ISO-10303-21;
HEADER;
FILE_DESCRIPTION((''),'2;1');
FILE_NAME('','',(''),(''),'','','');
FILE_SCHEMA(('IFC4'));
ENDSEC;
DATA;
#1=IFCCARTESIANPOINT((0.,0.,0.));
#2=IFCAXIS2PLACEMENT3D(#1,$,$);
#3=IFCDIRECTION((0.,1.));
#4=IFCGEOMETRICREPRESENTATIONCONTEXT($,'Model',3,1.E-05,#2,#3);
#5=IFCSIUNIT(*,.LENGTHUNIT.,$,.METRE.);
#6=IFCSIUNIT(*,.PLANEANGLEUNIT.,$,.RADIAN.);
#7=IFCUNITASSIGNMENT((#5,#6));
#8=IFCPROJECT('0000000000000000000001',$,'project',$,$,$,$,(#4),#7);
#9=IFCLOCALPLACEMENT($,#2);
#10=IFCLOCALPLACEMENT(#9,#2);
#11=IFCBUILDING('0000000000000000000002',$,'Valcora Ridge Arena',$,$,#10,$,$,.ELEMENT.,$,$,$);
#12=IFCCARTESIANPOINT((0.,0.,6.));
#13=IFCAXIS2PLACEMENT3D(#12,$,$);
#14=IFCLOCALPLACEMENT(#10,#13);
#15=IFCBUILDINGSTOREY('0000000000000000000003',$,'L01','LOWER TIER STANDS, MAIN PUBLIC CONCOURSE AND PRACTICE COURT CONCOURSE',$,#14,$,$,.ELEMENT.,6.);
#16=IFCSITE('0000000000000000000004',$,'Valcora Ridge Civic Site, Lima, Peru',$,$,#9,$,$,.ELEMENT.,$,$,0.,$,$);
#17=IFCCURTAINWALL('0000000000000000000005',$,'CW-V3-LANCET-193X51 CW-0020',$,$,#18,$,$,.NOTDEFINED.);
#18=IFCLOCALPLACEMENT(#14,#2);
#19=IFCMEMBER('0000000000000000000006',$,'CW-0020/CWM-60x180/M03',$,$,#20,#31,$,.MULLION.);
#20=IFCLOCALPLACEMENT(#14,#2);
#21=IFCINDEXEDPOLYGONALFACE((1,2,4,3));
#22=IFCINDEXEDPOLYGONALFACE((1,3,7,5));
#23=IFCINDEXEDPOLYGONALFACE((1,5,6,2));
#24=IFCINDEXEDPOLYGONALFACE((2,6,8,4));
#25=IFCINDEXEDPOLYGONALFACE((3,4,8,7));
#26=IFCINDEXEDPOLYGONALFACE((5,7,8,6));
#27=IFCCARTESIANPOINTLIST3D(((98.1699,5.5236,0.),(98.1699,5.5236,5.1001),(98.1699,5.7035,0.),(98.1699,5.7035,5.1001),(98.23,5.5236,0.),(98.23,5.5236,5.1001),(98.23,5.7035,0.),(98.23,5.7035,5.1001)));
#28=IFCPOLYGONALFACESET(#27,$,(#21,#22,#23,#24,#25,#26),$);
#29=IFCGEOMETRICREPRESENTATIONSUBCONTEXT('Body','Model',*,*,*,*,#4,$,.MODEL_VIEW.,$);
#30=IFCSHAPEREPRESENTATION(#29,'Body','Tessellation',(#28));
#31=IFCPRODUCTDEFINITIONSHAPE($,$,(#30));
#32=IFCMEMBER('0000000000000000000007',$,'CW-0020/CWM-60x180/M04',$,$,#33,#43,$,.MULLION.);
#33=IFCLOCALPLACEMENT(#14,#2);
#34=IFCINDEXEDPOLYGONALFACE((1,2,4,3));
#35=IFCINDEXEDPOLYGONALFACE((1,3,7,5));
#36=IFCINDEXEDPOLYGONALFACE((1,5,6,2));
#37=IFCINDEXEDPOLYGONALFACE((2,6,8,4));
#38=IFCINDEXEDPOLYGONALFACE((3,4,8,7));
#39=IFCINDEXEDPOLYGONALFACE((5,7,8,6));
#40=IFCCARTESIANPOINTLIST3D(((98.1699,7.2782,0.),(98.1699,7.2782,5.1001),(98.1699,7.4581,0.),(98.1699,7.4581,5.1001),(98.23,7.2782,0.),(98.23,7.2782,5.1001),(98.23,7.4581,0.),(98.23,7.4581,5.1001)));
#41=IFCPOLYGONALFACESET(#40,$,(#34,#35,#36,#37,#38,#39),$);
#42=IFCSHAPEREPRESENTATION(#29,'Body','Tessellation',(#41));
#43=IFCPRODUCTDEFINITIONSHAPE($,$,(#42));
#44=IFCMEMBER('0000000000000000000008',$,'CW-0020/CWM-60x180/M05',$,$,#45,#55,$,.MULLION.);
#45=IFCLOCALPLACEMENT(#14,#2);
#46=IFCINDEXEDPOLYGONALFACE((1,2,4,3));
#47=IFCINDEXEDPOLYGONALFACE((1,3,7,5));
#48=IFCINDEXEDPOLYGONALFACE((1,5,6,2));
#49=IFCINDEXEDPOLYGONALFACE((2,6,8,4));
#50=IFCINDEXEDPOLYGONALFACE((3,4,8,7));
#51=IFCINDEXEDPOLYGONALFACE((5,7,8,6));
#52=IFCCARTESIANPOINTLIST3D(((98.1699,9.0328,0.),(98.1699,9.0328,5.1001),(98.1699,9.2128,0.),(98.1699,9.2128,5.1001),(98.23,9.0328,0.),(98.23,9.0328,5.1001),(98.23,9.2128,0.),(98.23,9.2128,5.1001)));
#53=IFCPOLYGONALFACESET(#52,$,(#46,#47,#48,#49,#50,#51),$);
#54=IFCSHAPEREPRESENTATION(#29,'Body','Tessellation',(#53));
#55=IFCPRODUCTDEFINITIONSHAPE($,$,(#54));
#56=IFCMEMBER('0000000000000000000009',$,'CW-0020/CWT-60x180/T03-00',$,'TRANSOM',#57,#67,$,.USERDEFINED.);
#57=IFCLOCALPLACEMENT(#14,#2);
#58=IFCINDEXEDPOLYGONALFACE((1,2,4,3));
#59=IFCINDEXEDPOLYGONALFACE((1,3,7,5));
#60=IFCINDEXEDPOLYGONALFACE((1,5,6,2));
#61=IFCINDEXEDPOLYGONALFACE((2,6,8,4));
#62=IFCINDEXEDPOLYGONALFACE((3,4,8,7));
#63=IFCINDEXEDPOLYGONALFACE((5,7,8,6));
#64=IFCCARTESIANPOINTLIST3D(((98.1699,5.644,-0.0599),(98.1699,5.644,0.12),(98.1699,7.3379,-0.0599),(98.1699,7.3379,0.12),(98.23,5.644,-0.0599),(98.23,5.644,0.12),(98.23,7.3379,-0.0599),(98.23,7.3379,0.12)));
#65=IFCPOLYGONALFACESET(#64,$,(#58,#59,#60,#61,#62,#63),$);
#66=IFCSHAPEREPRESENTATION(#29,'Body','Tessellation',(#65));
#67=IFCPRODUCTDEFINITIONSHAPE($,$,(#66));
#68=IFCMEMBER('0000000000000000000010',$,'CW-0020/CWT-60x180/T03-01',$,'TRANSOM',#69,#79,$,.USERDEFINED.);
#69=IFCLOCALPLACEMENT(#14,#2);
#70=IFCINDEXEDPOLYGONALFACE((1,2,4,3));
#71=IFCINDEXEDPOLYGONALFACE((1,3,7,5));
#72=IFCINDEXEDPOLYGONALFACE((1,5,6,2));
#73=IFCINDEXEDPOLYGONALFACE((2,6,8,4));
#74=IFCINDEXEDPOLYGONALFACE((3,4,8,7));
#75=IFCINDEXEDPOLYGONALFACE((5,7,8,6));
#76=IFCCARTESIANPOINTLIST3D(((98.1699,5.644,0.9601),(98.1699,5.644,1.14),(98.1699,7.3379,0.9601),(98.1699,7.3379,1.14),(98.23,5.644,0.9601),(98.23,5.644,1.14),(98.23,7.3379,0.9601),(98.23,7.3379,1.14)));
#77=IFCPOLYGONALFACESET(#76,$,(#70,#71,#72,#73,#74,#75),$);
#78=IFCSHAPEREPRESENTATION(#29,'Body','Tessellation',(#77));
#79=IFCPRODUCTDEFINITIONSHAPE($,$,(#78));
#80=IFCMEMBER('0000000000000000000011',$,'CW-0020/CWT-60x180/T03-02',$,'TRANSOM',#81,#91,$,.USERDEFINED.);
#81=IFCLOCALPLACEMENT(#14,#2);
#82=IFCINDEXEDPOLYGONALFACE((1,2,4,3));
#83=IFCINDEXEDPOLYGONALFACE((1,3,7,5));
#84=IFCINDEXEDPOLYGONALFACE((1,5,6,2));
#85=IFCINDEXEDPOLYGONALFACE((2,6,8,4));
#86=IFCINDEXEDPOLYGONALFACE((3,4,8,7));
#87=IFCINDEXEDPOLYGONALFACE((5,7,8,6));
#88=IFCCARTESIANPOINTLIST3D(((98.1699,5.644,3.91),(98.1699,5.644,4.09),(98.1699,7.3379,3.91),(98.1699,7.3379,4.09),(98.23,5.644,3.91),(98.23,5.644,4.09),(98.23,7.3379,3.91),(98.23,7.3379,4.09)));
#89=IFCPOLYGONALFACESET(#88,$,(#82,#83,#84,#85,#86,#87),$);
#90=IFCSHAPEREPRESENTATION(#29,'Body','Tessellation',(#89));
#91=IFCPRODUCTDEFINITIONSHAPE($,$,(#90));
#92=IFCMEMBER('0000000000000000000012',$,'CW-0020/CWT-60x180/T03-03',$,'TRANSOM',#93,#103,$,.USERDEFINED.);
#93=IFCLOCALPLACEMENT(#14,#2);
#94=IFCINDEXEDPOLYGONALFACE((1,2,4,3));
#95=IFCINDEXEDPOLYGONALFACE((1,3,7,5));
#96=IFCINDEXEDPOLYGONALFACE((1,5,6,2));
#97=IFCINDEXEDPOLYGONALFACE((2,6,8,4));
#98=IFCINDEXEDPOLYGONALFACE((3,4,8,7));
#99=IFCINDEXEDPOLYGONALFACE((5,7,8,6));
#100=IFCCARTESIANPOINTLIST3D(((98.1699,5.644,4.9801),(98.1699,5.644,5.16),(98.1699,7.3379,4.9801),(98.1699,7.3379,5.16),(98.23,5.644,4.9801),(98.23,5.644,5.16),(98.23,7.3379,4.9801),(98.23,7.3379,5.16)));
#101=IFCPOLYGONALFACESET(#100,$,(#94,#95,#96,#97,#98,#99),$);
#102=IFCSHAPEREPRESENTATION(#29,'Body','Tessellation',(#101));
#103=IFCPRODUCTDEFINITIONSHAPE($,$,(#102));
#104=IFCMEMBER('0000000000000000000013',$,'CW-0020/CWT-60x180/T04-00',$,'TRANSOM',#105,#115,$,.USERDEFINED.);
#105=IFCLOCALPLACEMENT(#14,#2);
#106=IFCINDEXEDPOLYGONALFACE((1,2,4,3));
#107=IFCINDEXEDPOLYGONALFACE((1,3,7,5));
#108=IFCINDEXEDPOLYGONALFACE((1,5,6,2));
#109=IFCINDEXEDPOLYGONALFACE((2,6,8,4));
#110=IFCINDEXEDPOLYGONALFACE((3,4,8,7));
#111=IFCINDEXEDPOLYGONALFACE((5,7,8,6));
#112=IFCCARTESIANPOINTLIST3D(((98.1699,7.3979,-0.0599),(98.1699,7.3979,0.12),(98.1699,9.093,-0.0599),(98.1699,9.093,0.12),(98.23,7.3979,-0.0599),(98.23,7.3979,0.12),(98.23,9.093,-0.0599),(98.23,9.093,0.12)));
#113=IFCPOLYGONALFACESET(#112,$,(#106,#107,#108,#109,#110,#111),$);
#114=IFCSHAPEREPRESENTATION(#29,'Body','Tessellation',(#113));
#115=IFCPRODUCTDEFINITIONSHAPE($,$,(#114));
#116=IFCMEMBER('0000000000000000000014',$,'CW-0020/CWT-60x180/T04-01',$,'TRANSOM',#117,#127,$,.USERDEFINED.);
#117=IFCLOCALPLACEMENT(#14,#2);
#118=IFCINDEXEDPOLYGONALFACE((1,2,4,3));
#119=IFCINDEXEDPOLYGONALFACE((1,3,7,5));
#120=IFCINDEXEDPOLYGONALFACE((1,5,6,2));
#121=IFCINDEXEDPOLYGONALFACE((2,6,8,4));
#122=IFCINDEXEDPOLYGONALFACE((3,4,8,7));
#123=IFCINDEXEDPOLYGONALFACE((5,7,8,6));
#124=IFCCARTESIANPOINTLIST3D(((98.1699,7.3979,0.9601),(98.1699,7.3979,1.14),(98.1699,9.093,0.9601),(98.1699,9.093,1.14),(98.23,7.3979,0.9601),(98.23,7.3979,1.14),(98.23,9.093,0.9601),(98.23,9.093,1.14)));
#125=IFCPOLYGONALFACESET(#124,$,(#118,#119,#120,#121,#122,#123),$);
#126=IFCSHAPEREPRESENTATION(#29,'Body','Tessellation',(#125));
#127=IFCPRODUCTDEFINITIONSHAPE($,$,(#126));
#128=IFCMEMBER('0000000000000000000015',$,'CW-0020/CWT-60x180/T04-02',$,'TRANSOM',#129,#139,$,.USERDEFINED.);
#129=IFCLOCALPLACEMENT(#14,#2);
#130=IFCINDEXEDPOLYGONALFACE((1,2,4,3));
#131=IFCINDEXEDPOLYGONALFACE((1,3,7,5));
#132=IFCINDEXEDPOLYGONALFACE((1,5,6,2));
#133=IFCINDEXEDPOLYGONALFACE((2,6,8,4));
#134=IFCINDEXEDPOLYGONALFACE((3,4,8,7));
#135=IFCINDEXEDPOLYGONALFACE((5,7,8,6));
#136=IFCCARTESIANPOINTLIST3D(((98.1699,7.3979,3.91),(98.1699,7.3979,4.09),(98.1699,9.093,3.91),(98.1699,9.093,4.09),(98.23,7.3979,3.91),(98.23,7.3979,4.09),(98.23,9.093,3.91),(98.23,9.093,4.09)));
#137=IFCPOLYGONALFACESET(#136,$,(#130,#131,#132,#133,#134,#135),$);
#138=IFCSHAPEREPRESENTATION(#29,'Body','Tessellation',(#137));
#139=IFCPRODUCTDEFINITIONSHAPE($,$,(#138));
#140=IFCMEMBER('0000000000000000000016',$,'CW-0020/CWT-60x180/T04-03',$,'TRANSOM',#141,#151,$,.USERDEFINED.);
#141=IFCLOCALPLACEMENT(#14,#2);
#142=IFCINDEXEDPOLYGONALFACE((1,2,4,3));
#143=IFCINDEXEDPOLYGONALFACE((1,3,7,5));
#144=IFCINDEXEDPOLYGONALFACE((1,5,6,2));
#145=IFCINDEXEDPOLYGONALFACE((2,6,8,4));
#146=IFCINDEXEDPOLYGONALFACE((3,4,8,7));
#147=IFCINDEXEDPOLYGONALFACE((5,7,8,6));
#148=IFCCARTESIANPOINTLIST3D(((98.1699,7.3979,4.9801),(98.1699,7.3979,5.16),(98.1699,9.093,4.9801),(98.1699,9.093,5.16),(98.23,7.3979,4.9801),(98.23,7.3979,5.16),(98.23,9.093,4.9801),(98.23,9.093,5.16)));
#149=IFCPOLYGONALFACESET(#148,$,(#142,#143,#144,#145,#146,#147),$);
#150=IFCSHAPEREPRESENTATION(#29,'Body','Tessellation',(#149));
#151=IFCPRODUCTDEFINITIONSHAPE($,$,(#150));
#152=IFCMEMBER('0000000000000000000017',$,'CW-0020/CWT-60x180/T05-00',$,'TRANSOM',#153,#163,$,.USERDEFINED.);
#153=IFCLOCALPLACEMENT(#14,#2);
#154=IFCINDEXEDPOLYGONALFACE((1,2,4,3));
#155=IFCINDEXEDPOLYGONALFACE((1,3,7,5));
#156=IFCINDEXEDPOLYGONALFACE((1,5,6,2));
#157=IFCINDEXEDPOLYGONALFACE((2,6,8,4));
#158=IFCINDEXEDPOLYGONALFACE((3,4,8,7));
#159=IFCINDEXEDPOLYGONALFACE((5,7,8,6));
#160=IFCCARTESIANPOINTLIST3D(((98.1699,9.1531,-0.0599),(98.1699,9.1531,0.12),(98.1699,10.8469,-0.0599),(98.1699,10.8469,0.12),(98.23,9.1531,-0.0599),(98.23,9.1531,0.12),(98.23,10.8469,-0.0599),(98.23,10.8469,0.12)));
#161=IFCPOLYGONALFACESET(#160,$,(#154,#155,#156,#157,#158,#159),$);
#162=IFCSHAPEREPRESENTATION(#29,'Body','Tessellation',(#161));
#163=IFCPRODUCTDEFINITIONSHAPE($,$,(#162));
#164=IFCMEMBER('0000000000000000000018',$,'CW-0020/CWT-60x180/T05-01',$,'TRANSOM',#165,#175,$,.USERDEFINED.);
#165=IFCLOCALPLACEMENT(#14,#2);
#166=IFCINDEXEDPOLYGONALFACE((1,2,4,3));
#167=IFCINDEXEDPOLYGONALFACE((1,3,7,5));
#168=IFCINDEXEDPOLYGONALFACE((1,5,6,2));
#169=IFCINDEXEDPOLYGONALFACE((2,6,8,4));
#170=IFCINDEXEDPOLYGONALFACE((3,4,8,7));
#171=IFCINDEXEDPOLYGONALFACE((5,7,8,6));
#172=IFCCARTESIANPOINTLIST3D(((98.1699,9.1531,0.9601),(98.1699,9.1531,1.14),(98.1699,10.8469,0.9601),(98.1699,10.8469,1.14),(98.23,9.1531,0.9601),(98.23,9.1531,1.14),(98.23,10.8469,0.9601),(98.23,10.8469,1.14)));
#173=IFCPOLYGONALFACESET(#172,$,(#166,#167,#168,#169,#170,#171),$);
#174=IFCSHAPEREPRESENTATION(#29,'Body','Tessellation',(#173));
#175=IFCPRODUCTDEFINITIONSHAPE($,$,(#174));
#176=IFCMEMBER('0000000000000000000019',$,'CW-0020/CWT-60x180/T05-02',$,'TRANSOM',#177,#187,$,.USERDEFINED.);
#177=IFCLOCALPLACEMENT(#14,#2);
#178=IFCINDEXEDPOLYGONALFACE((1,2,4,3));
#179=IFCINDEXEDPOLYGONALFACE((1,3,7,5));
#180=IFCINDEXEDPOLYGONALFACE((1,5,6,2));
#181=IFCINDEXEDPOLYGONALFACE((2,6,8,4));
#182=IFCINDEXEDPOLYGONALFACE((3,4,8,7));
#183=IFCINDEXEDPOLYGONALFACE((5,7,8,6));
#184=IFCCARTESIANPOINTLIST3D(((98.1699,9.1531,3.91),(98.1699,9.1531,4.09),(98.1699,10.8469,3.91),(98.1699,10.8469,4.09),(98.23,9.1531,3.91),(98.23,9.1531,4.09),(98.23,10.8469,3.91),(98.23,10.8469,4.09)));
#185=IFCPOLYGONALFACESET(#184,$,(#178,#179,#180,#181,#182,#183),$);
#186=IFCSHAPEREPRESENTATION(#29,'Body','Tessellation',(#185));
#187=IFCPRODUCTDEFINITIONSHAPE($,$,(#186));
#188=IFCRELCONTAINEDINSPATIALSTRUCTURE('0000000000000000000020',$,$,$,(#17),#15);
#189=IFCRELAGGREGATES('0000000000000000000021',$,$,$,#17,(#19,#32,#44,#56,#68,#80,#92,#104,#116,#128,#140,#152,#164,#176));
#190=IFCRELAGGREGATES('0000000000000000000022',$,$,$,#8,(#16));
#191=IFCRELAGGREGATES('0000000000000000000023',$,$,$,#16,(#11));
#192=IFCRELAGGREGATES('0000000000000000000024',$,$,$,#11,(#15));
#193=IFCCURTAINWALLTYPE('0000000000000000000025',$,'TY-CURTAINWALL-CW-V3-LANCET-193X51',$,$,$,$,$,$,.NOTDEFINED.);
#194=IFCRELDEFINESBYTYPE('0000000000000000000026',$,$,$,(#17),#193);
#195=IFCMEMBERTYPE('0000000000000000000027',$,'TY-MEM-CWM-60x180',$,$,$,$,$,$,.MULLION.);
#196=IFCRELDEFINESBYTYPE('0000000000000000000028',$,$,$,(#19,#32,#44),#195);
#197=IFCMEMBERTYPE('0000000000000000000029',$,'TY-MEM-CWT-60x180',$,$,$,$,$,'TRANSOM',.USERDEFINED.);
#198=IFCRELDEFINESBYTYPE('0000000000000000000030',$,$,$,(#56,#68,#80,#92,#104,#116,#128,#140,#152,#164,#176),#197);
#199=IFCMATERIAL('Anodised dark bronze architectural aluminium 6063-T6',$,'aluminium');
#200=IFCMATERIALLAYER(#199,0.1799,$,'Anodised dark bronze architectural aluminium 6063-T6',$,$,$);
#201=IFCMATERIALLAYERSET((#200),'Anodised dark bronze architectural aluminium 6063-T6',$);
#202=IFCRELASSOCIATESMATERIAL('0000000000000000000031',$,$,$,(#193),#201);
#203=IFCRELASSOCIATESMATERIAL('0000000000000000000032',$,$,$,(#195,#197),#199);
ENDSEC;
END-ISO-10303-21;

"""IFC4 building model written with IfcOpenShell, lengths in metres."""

from ifc_helpers import new_model, si_unit, direction, frame, origin, origin_2d, place, context, subcontext, project, spatial, rectangle, extrude, material, layer, layer_set, material_profile, profile_set, type_object, element, aggregate, save


model = new_model("IFC4")

# Units and contexts
model_context = context("Model", 3, precision=1e-05, world=origin(), true_north=direction((0.0, 1.0)))
body_context = subcontext(model_context, "Body", "Model", "MODEL_VIEW")
ifc_project = project(units=[si_unit("LENGTHUNIT", "METRE"), si_unit("PLANEANGLEUNIT", "RADIAN")], contexts=[model_context])

# Site, building, storey
site_placement = place(None, origin())
site = spatial("IfcSite", under=ifc_project, at=site_placement, Name="Valcora Ridge Civic Site, Lima, Peru", CompositionType="ELEMENT", RefElevation=0.0)
building_placement = place(site_placement, origin())
building = spatial("IfcBuilding", under=site, at=building_placement, Name="Valcora Ridge Arena", CompositionType="ELEMENT")
storey_placement = place(building_placement, frame((0.0, 0.0, 6.0)))
storey = spatial("IfcBuildingStorey", under=building, at=storey_placement, Name="L01", Description="LOWER TIER STANDS, MAIN PUBLIC CONCOURSE AND PRACTICE COURT CONCOURSE", CompositionType="ELEMENT", Elevation=6.0)

# Curtain wall, members
ifc_material_1 = material(Name="Anodised dark bronze architectural aluminium 6063-T6", Category="aluminium")
ifc_layer_1 = layer(ifc_material_1, 0.1799, Name="Anodised dark bronze architectural aluminium 6063-T6")
ifc_layer_set_1 = layer_set([ifc_layer_1], Name="Anodised dark bronze architectural aluminium 6063-T6")
curtain_wall_type = type_object("IfcCurtainWallType", Name="TY-CURTAINWALL-CW-V3-LANCET-193X51", PredefinedType="NOTDEFINED", material=ifc_layer_set_1)
curtain_wall_placement = place(storey_placement, origin())
curtain_wall = element("IfcCurtainWall", 1, at=curtain_wall_placement, inside=storey, type_object=curtain_wall_type, Name="CW-V3-LANCET-193X51 CW-0020", PredefinedType="NOTDEFINED")
ifc_material_profile_1 = material_profile(ifc_material_1, rectangle(XDim=0.0601, YDim=0.1799, at=origin_2d()), Name="ALU MULLION 60x180")
ifc_profile_set_1 = profile_set([ifc_material_profile_1], Name="Anodised dark bronze architectural aluminium 6063-T6")
member_type_1 = type_object("IfcMemberType", Name="TY-MEM-CWM-60x180", PredefinedType="MULLION", material=ifc_profile_set_1)
member_1_placement = place(storey_placement, frame((98.2, 5.6135, 0.0), z_axis=(0.0, 0.0, 1.0), x_axis=(-1.0, 0.0, 0.0)))
member_1 = element("IfcMember", 2, at=member_1_placement, type_object=member_type_1, Name="CW-0020/CWM-60x180/M03", PredefinedType="MULLION", context=body_context, shape_type="SweptSolid", body=[
    extrude(rectangle(XDim=0.0601, YDim=0.1799, at=origin_2d()), origin(), (0.0, 0.0, 1.0), 5.1001),
])
member_2_placement = place(storey_placement, frame((98.2, 7.3682, 0.0), z_axis=(0.0, 0.0, 1.0), x_axis=(-1.0, 0.0, 0.0)))
member_2 = element("IfcMember", 3, at=member_2_placement, type_object=member_type_1, Name="CW-0020/CWM-60x180/M04", PredefinedType="MULLION", context=body_context, shape_type="SweptSolid", body=[
    extrude(rectangle(XDim=0.0601, YDim=0.1799, at=origin_2d()), origin(), (0.0, 0.0, 1.0), 5.1001),
])
member_3_placement = place(storey_placement, frame((98.2, 9.1228, 0.0), z_axis=(0.0, 0.0, 1.0), x_axis=(-1.0, 0.0, 0.0)))
member_3 = element("IfcMember", 4, at=member_3_placement, type_object=member_type_1, Name="CW-0020/CWM-60x180/M05", PredefinedType="MULLION", context=body_context, shape_type="SweptSolid", body=[
    extrude(rectangle(XDim=0.0601, YDim=0.1799, at=origin_2d()), origin(), (0.0, 0.0, 1.0), 5.1001),
])
ifc_material_profile_2 = material_profile(ifc_material_1, rectangle(XDim=0.0601, YDim=0.1799, at=origin_2d()), Name="ALU TRANSOM 60x180")
ifc_profile_set_2 = profile_set([ifc_material_profile_2], Name="Anodised dark bronze architectural aluminium 6063-T6")
member_type_2 = type_object("IfcMemberType", Name="TY-MEM-CWT-60x180", ElementType="TRANSOM", PredefinedType="USERDEFINED", material=ifc_profile_set_2)
member_4_placement = place(storey_placement, frame((98.2, 5.644, 0.03), z_axis=(0.0, 1.0, 0.0), x_axis=(-1.0, 0.0, 0.0)))
member_4 = element("IfcMember", 5, at=member_4_placement, type_object=member_type_2, Name="CW-0020/CWT-60x180/T03-00", ObjectType="TRANSOM", PredefinedType="USERDEFINED", context=body_context, shape_type="SweptSolid", body=[
    extrude(rectangle(XDim=0.0601, YDim=0.1799, at=origin_2d()), origin(), (0.0, 0.0, 1.0), 1.6938),
])
member_5_placement = place(storey_placement, frame((98.2, 5.644, 1.05), z_axis=(0.0, 1.0, 0.0), x_axis=(-1.0, 0.0, 0.0)))
member_5 = element("IfcMember", 6, at=member_5_placement, type_object=member_type_2, Name="CW-0020/CWT-60x180/T03-01", ObjectType="TRANSOM", PredefinedType="USERDEFINED", context=body_context, shape_type="SweptSolid", body=[
    extrude(rectangle(XDim=0.0601, YDim=0.1799, at=origin_2d()), origin(), (0.0, 0.0, 1.0), 1.6938),
])
member_6_placement = place(storey_placement, frame((98.2, 5.644, 4.0), z_axis=(0.0, 1.0, 0.0), x_axis=(-1.0, 0.0, 0.0)))
member_6 = element("IfcMember", 7, at=member_6_placement, type_object=member_type_2, Name="CW-0020/CWT-60x180/T03-02", ObjectType="TRANSOM", PredefinedType="USERDEFINED", context=body_context, shape_type="SweptSolid", body=[
    extrude(rectangle(XDim=0.0601, YDim=0.1799, at=origin_2d()), origin(), (0.0, 0.0, 1.0), 1.6938),
])
member_7_placement = place(storey_placement, frame((98.2, 5.644, 5.0701), z_axis=(0.0, 1.0, 0.0), x_axis=(-1.0, 0.0, 0.0)))
member_7 = element("IfcMember", 8, at=member_7_placement, type_object=member_type_2, Name="CW-0020/CWT-60x180/T03-03", ObjectType="TRANSOM", PredefinedType="USERDEFINED", context=body_context, shape_type="SweptSolid", body=[
    extrude(rectangle(XDim=0.0601, YDim=0.1799, at=origin_2d()), origin(), (0.0, 0.0, 1.0), 1.6938),
])
member_8_placement = place(storey_placement, frame((98.2, 7.3979, 0.03), z_axis=(0.0, 1.0, 0.0), x_axis=(-1.0, 0.0, 0.0)))
member_8 = element("IfcMember", 9, at=member_8_placement, type_object=member_type_2, Name="CW-0020/CWT-60x180/T04-00", ObjectType="TRANSOM", PredefinedType="USERDEFINED", context=body_context, shape_type="SweptSolid", body=[
    extrude(rectangle(XDim=0.0601, YDim=0.1799, at=origin_2d()), origin(), (0.0, 0.0, 1.0), 1.6951),
])
member_9_placement = place(storey_placement, frame((98.2, 7.3979, 1.05), z_axis=(0.0, 1.0, 0.0), x_axis=(-1.0, 0.0, 0.0)))
member_9 = element("IfcMember", 10, at=member_9_placement, type_object=member_type_2, Name="CW-0020/CWT-60x180/T04-01", ObjectType="TRANSOM", PredefinedType="USERDEFINED", context=body_context, shape_type="SweptSolid", body=[
    extrude(rectangle(XDim=0.0601, YDim=0.1799, at=origin_2d()), origin(), (0.0, 0.0, 1.0), 1.6951),
])
member_10_placement = place(storey_placement, frame((98.2, 7.3979, 4.0), z_axis=(0.0, 1.0, 0.0), x_axis=(-1.0, 0.0, 0.0)))
member_10 = element("IfcMember", 11, at=member_10_placement, type_object=member_type_2, Name="CW-0020/CWT-60x180/T04-02", ObjectType="TRANSOM", PredefinedType="USERDEFINED", context=body_context, shape_type="SweptSolid", body=[
    extrude(rectangle(XDim=0.0601, YDim=0.1799, at=origin_2d()), origin(), (0.0, 0.0, 1.0), 1.6951),
])
member_11_placement = place(storey_placement, frame((98.2, 7.3979, 5.0701), z_axis=(0.0, 1.0, 0.0), x_axis=(-1.0, 0.0, 0.0)))
member_11 = element("IfcMember", 12, at=member_11_placement, type_object=member_type_2, Name="CW-0020/CWT-60x180/T04-03", ObjectType="TRANSOM", PredefinedType="USERDEFINED", context=body_context, shape_type="SweptSolid", body=[
    extrude(rectangle(XDim=0.0601, YDim=0.1799, at=origin_2d()), origin(), (0.0, 0.0, 1.0), 1.6951),
])
member_12_placement = place(storey_placement, frame((98.2, 9.1531, 0.03), z_axis=(0.0, 1.0, 0.0), x_axis=(-1.0, 0.0, 0.0)))
member_12 = element("IfcMember", 13, at=member_12_placement, type_object=member_type_2, Name="CW-0020/CWT-60x180/T05-00", ObjectType="TRANSOM", PredefinedType="USERDEFINED", context=body_context, shape_type="SweptSolid", body=[
    extrude(rectangle(XDim=0.0601, YDim=0.1799, at=origin_2d()), origin(), (0.0, 0.0, 1.0), 1.6938),
])
member_13_placement = place(storey_placement, frame((98.2, 9.1531, 1.05), z_axis=(0.0, 1.0, 0.0), x_axis=(-1.0, 0.0, 0.0)))
member_13 = element("IfcMember", 14, at=member_13_placement, type_object=member_type_2, Name="CW-0020/CWT-60x180/T05-01", ObjectType="TRANSOM", PredefinedType="USERDEFINED", context=body_context, shape_type="SweptSolid", body=[
    extrude(rectangle(XDim=0.0601, YDim=0.1799, at=origin_2d()), origin(), (0.0, 0.0, 1.0), 1.6938),
])
member_14_placement = place(storey_placement, frame((98.2, 9.1531, 4.0), z_axis=(0.0, 1.0, 0.0), x_axis=(-1.0, 0.0, 0.0)))
member_14 = element("IfcMember", 15, at=member_14_placement, type_object=member_type_2, Name="CW-0020/CWT-60x180/T05-02", ObjectType="TRANSOM", PredefinedType="USERDEFINED", context=body_context, shape_type="SweptSolid", body=[
    extrude(rectangle(XDim=0.0601, YDim=0.1799, at=origin_2d()), origin(), (0.0, 0.0, 1.0), 1.6938),
])
aggregate(curtain_wall, [member_1, member_2, member_3, member_4, member_5, member_6, member_7, member_8, member_9, member_10, member_11, member_12, member_13, member_14])

save(model, "model.ifc")
